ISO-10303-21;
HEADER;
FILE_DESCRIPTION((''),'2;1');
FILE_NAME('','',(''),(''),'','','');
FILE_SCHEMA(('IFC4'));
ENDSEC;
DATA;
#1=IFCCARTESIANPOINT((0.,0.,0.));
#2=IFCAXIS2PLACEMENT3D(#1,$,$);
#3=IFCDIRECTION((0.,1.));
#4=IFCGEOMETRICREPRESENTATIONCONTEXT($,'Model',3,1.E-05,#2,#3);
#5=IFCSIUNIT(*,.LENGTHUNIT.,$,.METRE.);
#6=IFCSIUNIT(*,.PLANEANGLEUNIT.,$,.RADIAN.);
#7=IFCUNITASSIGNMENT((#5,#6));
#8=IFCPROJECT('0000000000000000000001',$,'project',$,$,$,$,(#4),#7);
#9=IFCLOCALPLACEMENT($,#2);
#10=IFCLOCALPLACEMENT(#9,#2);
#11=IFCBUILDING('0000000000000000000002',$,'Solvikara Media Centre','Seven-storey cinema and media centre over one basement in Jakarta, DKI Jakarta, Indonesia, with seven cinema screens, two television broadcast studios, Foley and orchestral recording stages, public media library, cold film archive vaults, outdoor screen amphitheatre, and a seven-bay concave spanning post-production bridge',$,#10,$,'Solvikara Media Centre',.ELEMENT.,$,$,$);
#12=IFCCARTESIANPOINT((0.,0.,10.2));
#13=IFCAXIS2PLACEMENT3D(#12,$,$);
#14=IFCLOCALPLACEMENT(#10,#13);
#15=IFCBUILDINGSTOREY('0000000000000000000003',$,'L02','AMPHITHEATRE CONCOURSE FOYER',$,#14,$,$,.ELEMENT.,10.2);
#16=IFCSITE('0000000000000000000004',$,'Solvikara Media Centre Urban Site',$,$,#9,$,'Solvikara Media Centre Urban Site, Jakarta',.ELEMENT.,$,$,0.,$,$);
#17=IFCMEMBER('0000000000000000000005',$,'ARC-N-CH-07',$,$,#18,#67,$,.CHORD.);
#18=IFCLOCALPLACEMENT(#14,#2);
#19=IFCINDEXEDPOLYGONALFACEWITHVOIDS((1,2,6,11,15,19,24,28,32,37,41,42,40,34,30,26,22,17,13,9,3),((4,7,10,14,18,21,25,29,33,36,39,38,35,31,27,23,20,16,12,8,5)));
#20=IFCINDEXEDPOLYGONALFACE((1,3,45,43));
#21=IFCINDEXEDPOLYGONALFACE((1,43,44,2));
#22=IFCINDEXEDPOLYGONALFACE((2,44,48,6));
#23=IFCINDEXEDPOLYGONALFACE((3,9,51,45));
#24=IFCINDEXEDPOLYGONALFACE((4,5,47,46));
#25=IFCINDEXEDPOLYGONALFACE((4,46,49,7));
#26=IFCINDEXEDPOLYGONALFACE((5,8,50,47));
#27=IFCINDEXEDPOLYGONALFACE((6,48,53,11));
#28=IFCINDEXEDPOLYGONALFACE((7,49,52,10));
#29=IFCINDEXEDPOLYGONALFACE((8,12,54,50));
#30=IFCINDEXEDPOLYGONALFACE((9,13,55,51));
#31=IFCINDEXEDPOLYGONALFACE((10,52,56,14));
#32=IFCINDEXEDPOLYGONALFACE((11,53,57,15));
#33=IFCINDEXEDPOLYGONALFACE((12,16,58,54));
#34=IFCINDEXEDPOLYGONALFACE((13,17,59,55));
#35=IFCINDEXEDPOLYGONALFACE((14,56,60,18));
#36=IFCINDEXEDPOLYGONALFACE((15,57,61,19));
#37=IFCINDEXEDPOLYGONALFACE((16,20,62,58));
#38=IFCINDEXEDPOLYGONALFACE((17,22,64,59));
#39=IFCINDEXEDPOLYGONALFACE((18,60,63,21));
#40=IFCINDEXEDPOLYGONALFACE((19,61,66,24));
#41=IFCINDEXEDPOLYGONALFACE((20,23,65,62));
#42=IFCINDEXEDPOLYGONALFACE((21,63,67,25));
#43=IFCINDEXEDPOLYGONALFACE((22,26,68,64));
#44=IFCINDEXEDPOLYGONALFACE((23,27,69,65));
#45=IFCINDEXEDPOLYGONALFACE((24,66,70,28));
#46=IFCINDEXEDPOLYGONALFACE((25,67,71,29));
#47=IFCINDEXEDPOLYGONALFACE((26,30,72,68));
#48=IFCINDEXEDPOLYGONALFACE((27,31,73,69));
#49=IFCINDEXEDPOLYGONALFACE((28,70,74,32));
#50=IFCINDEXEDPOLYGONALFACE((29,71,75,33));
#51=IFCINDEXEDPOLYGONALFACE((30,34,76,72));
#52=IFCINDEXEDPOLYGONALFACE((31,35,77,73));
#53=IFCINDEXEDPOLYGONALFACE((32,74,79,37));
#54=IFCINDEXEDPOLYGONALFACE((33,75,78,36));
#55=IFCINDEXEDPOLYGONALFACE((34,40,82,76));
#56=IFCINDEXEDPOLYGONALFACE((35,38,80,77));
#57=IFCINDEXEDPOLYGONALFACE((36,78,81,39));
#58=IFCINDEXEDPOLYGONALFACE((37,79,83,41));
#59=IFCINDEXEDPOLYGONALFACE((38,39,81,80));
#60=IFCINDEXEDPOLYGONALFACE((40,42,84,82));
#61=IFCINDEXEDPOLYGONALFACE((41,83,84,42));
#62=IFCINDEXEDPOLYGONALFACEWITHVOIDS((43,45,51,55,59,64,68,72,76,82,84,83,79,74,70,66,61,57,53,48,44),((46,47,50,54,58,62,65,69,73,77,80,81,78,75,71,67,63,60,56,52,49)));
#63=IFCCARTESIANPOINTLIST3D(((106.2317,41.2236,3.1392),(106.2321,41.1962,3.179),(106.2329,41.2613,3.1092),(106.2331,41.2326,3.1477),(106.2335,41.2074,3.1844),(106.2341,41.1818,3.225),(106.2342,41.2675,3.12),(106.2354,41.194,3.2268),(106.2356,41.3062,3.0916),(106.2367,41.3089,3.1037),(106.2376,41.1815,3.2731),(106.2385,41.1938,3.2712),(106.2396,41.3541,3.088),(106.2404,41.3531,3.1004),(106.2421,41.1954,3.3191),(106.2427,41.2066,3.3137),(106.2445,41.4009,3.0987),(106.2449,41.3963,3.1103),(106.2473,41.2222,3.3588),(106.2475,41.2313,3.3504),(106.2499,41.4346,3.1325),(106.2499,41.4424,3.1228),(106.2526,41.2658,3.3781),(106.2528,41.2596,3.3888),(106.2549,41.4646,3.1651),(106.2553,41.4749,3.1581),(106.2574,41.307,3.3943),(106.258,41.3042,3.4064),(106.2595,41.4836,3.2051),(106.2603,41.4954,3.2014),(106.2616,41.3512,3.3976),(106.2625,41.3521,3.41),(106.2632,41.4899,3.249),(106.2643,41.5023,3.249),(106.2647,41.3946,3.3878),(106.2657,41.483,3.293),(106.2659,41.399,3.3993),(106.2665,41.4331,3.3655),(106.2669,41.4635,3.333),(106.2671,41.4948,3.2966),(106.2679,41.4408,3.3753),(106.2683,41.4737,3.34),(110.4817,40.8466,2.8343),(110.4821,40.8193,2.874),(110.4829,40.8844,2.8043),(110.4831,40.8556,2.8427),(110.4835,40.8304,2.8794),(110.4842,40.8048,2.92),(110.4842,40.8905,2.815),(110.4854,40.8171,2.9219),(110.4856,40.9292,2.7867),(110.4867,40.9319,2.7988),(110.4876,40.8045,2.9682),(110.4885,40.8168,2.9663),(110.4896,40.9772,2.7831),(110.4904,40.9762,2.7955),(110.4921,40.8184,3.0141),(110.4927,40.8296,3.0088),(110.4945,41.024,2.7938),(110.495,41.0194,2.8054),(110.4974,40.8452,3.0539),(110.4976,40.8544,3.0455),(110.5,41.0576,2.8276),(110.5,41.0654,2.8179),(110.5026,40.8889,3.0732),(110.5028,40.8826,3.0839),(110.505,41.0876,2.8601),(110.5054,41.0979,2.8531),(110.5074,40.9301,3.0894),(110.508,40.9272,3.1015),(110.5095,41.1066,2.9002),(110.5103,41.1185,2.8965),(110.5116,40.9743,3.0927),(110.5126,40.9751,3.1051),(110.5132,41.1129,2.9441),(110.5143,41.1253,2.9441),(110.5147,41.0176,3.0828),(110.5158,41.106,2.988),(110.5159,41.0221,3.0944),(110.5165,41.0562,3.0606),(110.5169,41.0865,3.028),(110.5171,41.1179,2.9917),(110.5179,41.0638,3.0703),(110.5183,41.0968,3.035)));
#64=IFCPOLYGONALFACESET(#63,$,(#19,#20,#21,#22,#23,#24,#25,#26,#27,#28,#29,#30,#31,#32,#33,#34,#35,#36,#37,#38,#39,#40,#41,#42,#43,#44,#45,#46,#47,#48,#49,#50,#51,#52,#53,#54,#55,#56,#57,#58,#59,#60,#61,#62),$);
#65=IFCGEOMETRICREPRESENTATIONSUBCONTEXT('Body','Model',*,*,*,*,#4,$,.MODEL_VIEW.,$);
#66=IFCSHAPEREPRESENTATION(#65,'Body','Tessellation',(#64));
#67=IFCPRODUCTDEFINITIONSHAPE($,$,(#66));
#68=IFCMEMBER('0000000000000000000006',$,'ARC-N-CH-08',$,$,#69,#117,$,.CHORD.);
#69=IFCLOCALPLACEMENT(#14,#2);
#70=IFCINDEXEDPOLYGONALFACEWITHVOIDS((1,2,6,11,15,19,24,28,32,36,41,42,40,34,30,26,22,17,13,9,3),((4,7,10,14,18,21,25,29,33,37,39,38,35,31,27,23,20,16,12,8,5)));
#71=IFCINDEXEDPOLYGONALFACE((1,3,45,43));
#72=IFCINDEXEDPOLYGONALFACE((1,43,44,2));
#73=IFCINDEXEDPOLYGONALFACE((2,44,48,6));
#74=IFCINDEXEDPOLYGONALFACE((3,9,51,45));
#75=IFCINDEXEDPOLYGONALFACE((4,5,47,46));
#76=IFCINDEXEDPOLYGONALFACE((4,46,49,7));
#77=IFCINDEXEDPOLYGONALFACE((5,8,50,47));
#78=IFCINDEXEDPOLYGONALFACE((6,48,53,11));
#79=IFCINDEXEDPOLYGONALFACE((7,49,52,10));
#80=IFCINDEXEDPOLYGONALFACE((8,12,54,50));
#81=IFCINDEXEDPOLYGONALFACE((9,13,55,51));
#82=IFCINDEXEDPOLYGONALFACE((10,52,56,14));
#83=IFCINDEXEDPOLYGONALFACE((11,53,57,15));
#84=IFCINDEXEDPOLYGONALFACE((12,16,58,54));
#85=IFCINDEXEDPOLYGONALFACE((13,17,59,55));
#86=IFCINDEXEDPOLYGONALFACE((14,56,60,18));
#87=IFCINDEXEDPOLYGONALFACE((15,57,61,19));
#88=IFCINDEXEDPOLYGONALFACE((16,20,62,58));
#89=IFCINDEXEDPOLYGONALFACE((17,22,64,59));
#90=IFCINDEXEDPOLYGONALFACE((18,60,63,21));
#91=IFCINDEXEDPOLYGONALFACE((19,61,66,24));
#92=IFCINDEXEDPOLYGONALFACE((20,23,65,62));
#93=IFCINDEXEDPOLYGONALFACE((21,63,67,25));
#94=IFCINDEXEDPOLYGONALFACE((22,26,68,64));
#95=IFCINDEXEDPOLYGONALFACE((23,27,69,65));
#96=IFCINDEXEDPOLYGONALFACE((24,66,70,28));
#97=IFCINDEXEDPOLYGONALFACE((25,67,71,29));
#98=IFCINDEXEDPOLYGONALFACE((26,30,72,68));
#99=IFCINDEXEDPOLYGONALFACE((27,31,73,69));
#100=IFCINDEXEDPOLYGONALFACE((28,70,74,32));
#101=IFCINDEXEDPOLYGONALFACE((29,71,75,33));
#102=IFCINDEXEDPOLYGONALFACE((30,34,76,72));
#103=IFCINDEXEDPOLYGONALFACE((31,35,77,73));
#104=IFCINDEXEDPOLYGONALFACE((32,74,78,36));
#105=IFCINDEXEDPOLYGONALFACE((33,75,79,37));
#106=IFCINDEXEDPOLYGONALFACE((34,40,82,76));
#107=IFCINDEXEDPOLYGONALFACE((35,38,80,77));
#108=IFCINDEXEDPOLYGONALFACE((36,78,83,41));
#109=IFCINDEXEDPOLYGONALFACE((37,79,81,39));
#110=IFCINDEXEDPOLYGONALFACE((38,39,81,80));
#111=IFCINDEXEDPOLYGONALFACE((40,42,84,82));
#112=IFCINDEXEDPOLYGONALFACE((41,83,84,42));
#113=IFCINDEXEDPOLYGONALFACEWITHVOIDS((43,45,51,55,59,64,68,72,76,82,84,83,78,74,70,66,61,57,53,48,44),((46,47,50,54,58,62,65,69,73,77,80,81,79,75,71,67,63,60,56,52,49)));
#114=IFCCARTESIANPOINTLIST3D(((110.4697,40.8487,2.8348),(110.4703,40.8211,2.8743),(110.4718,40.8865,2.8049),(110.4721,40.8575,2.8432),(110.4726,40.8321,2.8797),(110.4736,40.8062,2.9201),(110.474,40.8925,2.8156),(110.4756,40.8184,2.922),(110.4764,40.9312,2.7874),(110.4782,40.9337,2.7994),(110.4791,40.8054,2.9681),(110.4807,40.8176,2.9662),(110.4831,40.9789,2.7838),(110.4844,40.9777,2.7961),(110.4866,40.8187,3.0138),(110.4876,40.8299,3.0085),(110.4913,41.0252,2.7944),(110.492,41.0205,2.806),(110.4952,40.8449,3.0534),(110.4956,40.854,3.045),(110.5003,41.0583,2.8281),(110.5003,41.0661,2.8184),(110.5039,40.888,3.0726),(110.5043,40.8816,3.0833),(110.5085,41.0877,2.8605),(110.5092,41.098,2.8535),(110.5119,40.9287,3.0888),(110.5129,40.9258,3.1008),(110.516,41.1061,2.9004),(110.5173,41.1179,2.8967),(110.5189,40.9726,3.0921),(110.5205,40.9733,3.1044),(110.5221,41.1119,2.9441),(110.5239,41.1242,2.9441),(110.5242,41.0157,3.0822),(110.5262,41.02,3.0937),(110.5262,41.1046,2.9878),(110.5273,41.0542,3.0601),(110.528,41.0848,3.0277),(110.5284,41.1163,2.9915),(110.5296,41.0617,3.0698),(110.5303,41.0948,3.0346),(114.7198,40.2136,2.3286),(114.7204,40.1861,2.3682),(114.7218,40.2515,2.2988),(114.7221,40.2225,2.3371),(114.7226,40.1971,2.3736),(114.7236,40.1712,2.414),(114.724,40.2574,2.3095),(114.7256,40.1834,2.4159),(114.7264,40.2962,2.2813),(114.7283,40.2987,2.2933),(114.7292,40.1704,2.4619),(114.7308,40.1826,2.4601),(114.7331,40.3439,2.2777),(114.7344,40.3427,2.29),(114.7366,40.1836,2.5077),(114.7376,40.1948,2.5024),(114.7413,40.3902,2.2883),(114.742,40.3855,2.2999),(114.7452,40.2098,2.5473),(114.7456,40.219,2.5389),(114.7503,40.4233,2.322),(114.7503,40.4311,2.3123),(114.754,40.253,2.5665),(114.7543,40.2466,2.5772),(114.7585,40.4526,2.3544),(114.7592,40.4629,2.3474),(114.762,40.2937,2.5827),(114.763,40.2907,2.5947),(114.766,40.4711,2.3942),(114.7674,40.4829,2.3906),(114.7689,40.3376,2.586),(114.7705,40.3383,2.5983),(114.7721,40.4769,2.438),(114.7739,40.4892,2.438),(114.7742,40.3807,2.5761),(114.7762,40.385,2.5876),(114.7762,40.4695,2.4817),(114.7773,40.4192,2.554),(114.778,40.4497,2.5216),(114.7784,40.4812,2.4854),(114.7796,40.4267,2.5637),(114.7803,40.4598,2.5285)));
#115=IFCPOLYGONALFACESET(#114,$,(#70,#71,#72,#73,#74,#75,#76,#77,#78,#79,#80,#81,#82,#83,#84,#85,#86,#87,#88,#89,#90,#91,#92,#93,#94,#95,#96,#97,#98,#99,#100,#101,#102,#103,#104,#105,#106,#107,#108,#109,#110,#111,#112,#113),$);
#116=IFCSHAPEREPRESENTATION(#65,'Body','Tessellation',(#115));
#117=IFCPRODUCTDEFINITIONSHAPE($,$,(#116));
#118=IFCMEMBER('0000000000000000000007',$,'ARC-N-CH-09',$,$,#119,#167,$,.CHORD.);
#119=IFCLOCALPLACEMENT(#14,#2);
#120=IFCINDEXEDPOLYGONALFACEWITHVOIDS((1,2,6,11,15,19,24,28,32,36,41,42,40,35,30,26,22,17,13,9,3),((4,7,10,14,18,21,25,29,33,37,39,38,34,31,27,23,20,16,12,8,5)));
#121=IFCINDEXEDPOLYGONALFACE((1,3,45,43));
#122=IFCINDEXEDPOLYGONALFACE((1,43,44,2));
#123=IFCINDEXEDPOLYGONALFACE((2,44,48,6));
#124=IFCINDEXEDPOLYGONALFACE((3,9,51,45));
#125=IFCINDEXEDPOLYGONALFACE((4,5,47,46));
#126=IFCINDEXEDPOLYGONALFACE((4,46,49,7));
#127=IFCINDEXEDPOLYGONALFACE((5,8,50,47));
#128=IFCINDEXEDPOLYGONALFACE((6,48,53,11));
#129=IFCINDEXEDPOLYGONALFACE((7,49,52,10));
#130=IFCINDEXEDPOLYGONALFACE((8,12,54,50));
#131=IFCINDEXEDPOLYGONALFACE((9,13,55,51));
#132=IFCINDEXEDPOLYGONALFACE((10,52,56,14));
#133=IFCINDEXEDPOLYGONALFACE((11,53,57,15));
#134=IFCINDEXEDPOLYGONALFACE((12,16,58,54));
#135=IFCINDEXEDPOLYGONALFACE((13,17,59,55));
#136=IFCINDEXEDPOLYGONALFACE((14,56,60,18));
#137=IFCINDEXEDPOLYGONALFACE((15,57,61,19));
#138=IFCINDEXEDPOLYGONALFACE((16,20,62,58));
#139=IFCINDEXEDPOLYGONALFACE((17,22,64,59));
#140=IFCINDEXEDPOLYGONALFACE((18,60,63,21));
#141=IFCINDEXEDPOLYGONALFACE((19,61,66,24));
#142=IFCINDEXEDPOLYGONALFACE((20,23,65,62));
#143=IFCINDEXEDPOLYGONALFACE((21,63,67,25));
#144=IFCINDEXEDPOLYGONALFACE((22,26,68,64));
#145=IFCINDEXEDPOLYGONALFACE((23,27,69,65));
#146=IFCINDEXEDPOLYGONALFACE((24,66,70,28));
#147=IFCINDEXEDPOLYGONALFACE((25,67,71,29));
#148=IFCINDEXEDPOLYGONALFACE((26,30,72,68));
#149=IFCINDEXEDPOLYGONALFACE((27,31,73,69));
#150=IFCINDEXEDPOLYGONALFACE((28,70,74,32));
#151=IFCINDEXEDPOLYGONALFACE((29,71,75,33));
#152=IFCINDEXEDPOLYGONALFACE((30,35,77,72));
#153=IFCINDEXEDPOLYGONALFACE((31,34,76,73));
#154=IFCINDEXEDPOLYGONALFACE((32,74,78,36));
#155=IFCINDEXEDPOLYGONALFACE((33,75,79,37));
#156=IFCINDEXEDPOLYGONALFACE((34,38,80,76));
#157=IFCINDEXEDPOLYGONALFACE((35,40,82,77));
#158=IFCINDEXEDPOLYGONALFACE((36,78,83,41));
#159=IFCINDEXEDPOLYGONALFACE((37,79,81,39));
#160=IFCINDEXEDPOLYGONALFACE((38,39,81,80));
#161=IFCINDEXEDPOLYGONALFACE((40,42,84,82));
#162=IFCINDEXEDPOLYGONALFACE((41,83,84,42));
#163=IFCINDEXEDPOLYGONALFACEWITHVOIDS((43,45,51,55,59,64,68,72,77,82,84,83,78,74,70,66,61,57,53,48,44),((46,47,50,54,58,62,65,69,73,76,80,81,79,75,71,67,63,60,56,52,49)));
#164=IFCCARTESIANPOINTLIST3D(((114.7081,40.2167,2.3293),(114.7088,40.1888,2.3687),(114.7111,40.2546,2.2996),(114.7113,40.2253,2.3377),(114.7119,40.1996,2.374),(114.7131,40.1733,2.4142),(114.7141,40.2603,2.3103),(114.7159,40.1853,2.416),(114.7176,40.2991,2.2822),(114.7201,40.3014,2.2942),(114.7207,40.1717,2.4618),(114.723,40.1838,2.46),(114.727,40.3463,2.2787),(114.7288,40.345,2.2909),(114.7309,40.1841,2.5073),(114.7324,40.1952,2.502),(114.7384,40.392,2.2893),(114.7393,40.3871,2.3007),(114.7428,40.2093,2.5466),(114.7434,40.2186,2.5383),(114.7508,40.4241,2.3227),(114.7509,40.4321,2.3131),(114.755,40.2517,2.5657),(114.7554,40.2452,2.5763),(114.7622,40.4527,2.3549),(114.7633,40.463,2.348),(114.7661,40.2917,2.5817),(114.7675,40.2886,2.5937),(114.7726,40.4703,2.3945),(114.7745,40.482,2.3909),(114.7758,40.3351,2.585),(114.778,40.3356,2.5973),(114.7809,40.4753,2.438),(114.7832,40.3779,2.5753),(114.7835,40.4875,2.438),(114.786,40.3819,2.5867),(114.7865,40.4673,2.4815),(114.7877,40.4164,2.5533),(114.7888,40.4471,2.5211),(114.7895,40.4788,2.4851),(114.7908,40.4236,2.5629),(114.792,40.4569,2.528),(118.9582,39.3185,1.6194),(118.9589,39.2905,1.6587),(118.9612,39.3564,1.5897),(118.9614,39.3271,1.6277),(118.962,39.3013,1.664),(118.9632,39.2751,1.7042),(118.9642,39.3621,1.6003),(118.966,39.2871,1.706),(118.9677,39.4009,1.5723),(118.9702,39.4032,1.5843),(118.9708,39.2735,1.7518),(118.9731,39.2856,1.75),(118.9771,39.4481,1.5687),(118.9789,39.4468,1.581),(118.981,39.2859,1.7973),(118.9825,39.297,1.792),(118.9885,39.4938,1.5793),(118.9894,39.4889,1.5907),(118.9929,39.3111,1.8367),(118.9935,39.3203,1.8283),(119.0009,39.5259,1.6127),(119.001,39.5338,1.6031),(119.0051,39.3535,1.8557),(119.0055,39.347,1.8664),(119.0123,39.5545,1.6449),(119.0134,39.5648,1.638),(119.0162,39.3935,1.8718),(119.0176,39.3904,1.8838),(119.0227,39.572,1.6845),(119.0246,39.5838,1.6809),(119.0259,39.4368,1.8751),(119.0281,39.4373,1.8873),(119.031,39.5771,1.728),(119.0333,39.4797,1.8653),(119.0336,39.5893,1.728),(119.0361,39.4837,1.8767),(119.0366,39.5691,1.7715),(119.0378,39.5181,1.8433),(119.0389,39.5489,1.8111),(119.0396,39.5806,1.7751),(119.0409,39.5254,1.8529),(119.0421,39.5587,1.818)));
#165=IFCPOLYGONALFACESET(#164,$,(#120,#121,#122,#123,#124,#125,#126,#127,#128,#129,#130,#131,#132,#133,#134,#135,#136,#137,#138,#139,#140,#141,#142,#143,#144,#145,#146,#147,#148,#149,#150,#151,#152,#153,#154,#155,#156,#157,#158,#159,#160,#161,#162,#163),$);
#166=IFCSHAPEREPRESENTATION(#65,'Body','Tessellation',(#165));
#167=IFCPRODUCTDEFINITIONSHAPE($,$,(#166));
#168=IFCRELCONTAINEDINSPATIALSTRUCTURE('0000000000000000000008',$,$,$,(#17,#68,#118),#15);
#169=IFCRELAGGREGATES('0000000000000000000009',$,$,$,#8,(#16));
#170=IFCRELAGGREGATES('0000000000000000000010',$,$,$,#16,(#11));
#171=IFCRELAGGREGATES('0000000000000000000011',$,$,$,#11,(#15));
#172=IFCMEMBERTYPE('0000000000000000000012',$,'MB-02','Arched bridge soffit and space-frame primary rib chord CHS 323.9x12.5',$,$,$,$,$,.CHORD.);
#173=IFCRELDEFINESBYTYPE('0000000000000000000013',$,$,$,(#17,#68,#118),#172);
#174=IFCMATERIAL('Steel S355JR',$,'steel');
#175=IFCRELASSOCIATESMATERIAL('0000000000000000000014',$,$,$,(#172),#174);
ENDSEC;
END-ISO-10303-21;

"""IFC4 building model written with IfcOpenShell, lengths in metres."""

from ifc_helpers import new_model, si_unit, direction, frame, origin, origin_2d, place, context, subcontext, project, spatial, hollow_circle, extrude, material, material_profile, profile_set, type_object, element, save


model = new_model("IFC4")

# Units and contexts
model_context = context("Model", 3, precision=1e-05, world=origin(), true_north=direction((0.0, 1.0)))
body_context = subcontext(model_context, "Body", "Model", "MODEL_VIEW")
ifc_project = project(units=[si_unit("LENGTHUNIT", "METRE"), si_unit("PLANEANGLEUNIT", "RADIAN")], contexts=[model_context])

# Site, building, storey
site_placement = place(None, origin())
site = spatial("IfcSite", under=ifc_project, at=site_placement, Name="Solvikara Media Centre Urban Site", LongName="Solvikara Media Centre Urban Site, Jakarta", CompositionType="ELEMENT", RefElevation=0.0)
building_placement = place(site_placement, origin())
building = spatial("IfcBuilding", under=site, at=building_placement, Name="Solvikara Media Centre", Description="Seven-storey cinema and media centre over one basement in Jakarta, DKI Jakarta, Indonesia, with seven cinema screens, two television broadcast studios, Foley and orchestral recording stages, public media library, cold film archive vaults, outdoor screen amphitheatre, and a seven-bay concave spanning post-production bridge", LongName="Solvikara Media Centre", CompositionType="ELEMENT")
storey_placement = place(building_placement, frame((0.0, 0.0, 10.2)))
storey = spatial("IfcBuildingStorey", under=building, at=storey_placement, Name="L02", Description="AMPHITHEATRE CONCOURSE FOYER", CompositionType="ELEMENT", Elevation=10.2)

# Members
ifc_material = material(Name="Steel S355JR", Category="steel")
ifc_material_profile_1 = material_profile(ifc_material, hollow_circle(Radius=0.1619, WallThickness=0.0125, at=origin_2d()), Name="CHS 323.9x12.5")
ifc_profile_set_1 = profile_set([ifc_material_profile_1], Name="Steel S355JR")
member_type_1 = type_object("IfcMemberType", Name="MB-02", Description="Arched bridge soffit and space-frame primary rib chord CHS 323.9x12.5", PredefinedType="CHORD", material=ifc_profile_set_1)
member_1_placement = place(storey_placement, frame((106.25, 41.3411, 3.249), z_axis=(0.993556, -0.088123, -0.071286), x_axis=(0.088348, 0.99609, 0.0)))
element("IfcMember", 1, at=member_1_placement, inside=storey, type_object=member_type_1, Name="ARC-N-CH-07", PredefinedType="CHORD", context=body_context, shape_type="SweptSolid", body=[
    extrude(hollow_circle(Radius=0.1619, WallThickness=0.0125, at=origin_2d()), origin(), (0.0, 0.0, 1.0), 4.2776),
])
member_2_placement = place(storey_placement, frame((110.5, 40.9641, 2.9441), z_axis=(0.982232, -0.146759, -0.116967), x_axis=(0.147774, 0.989021, 0.0)))
element("IfcMember", 2, at=member_2_placement, inside=storey, type_object=member_type_1, Name="ARC-N-CH-08", PredefinedType="CHORD", context=body_context, shape_type="SweptSolid", body=[
    extrude(hollow_circle(Radius=0.1619, WallThickness=0.0125, at=origin_2d()), origin(), (0.0, 0.0, 1.0), 4.3269),
])
member_3_placement = place(storey_placement, frame((114.75, 40.3291, 2.438), z_axis=(0.965578, -0.204065, -0.161299), x_axis=(0.206772, 0.978389, 0.0)))
element("IfcMember", 3, at=member_3_placement, inside=storey, type_object=member_type_1, Name="ARC-N-CH-09", PredefinedType="CHORD", context=body_context, shape_type="SweptSolid", body=[
    extrude(hollow_circle(Radius=0.1619, WallThickness=0.0125, at=origin_2d()), origin(), (0.0, 0.0, 1.0), 4.4016),
])

save(model, "model.ifc")
